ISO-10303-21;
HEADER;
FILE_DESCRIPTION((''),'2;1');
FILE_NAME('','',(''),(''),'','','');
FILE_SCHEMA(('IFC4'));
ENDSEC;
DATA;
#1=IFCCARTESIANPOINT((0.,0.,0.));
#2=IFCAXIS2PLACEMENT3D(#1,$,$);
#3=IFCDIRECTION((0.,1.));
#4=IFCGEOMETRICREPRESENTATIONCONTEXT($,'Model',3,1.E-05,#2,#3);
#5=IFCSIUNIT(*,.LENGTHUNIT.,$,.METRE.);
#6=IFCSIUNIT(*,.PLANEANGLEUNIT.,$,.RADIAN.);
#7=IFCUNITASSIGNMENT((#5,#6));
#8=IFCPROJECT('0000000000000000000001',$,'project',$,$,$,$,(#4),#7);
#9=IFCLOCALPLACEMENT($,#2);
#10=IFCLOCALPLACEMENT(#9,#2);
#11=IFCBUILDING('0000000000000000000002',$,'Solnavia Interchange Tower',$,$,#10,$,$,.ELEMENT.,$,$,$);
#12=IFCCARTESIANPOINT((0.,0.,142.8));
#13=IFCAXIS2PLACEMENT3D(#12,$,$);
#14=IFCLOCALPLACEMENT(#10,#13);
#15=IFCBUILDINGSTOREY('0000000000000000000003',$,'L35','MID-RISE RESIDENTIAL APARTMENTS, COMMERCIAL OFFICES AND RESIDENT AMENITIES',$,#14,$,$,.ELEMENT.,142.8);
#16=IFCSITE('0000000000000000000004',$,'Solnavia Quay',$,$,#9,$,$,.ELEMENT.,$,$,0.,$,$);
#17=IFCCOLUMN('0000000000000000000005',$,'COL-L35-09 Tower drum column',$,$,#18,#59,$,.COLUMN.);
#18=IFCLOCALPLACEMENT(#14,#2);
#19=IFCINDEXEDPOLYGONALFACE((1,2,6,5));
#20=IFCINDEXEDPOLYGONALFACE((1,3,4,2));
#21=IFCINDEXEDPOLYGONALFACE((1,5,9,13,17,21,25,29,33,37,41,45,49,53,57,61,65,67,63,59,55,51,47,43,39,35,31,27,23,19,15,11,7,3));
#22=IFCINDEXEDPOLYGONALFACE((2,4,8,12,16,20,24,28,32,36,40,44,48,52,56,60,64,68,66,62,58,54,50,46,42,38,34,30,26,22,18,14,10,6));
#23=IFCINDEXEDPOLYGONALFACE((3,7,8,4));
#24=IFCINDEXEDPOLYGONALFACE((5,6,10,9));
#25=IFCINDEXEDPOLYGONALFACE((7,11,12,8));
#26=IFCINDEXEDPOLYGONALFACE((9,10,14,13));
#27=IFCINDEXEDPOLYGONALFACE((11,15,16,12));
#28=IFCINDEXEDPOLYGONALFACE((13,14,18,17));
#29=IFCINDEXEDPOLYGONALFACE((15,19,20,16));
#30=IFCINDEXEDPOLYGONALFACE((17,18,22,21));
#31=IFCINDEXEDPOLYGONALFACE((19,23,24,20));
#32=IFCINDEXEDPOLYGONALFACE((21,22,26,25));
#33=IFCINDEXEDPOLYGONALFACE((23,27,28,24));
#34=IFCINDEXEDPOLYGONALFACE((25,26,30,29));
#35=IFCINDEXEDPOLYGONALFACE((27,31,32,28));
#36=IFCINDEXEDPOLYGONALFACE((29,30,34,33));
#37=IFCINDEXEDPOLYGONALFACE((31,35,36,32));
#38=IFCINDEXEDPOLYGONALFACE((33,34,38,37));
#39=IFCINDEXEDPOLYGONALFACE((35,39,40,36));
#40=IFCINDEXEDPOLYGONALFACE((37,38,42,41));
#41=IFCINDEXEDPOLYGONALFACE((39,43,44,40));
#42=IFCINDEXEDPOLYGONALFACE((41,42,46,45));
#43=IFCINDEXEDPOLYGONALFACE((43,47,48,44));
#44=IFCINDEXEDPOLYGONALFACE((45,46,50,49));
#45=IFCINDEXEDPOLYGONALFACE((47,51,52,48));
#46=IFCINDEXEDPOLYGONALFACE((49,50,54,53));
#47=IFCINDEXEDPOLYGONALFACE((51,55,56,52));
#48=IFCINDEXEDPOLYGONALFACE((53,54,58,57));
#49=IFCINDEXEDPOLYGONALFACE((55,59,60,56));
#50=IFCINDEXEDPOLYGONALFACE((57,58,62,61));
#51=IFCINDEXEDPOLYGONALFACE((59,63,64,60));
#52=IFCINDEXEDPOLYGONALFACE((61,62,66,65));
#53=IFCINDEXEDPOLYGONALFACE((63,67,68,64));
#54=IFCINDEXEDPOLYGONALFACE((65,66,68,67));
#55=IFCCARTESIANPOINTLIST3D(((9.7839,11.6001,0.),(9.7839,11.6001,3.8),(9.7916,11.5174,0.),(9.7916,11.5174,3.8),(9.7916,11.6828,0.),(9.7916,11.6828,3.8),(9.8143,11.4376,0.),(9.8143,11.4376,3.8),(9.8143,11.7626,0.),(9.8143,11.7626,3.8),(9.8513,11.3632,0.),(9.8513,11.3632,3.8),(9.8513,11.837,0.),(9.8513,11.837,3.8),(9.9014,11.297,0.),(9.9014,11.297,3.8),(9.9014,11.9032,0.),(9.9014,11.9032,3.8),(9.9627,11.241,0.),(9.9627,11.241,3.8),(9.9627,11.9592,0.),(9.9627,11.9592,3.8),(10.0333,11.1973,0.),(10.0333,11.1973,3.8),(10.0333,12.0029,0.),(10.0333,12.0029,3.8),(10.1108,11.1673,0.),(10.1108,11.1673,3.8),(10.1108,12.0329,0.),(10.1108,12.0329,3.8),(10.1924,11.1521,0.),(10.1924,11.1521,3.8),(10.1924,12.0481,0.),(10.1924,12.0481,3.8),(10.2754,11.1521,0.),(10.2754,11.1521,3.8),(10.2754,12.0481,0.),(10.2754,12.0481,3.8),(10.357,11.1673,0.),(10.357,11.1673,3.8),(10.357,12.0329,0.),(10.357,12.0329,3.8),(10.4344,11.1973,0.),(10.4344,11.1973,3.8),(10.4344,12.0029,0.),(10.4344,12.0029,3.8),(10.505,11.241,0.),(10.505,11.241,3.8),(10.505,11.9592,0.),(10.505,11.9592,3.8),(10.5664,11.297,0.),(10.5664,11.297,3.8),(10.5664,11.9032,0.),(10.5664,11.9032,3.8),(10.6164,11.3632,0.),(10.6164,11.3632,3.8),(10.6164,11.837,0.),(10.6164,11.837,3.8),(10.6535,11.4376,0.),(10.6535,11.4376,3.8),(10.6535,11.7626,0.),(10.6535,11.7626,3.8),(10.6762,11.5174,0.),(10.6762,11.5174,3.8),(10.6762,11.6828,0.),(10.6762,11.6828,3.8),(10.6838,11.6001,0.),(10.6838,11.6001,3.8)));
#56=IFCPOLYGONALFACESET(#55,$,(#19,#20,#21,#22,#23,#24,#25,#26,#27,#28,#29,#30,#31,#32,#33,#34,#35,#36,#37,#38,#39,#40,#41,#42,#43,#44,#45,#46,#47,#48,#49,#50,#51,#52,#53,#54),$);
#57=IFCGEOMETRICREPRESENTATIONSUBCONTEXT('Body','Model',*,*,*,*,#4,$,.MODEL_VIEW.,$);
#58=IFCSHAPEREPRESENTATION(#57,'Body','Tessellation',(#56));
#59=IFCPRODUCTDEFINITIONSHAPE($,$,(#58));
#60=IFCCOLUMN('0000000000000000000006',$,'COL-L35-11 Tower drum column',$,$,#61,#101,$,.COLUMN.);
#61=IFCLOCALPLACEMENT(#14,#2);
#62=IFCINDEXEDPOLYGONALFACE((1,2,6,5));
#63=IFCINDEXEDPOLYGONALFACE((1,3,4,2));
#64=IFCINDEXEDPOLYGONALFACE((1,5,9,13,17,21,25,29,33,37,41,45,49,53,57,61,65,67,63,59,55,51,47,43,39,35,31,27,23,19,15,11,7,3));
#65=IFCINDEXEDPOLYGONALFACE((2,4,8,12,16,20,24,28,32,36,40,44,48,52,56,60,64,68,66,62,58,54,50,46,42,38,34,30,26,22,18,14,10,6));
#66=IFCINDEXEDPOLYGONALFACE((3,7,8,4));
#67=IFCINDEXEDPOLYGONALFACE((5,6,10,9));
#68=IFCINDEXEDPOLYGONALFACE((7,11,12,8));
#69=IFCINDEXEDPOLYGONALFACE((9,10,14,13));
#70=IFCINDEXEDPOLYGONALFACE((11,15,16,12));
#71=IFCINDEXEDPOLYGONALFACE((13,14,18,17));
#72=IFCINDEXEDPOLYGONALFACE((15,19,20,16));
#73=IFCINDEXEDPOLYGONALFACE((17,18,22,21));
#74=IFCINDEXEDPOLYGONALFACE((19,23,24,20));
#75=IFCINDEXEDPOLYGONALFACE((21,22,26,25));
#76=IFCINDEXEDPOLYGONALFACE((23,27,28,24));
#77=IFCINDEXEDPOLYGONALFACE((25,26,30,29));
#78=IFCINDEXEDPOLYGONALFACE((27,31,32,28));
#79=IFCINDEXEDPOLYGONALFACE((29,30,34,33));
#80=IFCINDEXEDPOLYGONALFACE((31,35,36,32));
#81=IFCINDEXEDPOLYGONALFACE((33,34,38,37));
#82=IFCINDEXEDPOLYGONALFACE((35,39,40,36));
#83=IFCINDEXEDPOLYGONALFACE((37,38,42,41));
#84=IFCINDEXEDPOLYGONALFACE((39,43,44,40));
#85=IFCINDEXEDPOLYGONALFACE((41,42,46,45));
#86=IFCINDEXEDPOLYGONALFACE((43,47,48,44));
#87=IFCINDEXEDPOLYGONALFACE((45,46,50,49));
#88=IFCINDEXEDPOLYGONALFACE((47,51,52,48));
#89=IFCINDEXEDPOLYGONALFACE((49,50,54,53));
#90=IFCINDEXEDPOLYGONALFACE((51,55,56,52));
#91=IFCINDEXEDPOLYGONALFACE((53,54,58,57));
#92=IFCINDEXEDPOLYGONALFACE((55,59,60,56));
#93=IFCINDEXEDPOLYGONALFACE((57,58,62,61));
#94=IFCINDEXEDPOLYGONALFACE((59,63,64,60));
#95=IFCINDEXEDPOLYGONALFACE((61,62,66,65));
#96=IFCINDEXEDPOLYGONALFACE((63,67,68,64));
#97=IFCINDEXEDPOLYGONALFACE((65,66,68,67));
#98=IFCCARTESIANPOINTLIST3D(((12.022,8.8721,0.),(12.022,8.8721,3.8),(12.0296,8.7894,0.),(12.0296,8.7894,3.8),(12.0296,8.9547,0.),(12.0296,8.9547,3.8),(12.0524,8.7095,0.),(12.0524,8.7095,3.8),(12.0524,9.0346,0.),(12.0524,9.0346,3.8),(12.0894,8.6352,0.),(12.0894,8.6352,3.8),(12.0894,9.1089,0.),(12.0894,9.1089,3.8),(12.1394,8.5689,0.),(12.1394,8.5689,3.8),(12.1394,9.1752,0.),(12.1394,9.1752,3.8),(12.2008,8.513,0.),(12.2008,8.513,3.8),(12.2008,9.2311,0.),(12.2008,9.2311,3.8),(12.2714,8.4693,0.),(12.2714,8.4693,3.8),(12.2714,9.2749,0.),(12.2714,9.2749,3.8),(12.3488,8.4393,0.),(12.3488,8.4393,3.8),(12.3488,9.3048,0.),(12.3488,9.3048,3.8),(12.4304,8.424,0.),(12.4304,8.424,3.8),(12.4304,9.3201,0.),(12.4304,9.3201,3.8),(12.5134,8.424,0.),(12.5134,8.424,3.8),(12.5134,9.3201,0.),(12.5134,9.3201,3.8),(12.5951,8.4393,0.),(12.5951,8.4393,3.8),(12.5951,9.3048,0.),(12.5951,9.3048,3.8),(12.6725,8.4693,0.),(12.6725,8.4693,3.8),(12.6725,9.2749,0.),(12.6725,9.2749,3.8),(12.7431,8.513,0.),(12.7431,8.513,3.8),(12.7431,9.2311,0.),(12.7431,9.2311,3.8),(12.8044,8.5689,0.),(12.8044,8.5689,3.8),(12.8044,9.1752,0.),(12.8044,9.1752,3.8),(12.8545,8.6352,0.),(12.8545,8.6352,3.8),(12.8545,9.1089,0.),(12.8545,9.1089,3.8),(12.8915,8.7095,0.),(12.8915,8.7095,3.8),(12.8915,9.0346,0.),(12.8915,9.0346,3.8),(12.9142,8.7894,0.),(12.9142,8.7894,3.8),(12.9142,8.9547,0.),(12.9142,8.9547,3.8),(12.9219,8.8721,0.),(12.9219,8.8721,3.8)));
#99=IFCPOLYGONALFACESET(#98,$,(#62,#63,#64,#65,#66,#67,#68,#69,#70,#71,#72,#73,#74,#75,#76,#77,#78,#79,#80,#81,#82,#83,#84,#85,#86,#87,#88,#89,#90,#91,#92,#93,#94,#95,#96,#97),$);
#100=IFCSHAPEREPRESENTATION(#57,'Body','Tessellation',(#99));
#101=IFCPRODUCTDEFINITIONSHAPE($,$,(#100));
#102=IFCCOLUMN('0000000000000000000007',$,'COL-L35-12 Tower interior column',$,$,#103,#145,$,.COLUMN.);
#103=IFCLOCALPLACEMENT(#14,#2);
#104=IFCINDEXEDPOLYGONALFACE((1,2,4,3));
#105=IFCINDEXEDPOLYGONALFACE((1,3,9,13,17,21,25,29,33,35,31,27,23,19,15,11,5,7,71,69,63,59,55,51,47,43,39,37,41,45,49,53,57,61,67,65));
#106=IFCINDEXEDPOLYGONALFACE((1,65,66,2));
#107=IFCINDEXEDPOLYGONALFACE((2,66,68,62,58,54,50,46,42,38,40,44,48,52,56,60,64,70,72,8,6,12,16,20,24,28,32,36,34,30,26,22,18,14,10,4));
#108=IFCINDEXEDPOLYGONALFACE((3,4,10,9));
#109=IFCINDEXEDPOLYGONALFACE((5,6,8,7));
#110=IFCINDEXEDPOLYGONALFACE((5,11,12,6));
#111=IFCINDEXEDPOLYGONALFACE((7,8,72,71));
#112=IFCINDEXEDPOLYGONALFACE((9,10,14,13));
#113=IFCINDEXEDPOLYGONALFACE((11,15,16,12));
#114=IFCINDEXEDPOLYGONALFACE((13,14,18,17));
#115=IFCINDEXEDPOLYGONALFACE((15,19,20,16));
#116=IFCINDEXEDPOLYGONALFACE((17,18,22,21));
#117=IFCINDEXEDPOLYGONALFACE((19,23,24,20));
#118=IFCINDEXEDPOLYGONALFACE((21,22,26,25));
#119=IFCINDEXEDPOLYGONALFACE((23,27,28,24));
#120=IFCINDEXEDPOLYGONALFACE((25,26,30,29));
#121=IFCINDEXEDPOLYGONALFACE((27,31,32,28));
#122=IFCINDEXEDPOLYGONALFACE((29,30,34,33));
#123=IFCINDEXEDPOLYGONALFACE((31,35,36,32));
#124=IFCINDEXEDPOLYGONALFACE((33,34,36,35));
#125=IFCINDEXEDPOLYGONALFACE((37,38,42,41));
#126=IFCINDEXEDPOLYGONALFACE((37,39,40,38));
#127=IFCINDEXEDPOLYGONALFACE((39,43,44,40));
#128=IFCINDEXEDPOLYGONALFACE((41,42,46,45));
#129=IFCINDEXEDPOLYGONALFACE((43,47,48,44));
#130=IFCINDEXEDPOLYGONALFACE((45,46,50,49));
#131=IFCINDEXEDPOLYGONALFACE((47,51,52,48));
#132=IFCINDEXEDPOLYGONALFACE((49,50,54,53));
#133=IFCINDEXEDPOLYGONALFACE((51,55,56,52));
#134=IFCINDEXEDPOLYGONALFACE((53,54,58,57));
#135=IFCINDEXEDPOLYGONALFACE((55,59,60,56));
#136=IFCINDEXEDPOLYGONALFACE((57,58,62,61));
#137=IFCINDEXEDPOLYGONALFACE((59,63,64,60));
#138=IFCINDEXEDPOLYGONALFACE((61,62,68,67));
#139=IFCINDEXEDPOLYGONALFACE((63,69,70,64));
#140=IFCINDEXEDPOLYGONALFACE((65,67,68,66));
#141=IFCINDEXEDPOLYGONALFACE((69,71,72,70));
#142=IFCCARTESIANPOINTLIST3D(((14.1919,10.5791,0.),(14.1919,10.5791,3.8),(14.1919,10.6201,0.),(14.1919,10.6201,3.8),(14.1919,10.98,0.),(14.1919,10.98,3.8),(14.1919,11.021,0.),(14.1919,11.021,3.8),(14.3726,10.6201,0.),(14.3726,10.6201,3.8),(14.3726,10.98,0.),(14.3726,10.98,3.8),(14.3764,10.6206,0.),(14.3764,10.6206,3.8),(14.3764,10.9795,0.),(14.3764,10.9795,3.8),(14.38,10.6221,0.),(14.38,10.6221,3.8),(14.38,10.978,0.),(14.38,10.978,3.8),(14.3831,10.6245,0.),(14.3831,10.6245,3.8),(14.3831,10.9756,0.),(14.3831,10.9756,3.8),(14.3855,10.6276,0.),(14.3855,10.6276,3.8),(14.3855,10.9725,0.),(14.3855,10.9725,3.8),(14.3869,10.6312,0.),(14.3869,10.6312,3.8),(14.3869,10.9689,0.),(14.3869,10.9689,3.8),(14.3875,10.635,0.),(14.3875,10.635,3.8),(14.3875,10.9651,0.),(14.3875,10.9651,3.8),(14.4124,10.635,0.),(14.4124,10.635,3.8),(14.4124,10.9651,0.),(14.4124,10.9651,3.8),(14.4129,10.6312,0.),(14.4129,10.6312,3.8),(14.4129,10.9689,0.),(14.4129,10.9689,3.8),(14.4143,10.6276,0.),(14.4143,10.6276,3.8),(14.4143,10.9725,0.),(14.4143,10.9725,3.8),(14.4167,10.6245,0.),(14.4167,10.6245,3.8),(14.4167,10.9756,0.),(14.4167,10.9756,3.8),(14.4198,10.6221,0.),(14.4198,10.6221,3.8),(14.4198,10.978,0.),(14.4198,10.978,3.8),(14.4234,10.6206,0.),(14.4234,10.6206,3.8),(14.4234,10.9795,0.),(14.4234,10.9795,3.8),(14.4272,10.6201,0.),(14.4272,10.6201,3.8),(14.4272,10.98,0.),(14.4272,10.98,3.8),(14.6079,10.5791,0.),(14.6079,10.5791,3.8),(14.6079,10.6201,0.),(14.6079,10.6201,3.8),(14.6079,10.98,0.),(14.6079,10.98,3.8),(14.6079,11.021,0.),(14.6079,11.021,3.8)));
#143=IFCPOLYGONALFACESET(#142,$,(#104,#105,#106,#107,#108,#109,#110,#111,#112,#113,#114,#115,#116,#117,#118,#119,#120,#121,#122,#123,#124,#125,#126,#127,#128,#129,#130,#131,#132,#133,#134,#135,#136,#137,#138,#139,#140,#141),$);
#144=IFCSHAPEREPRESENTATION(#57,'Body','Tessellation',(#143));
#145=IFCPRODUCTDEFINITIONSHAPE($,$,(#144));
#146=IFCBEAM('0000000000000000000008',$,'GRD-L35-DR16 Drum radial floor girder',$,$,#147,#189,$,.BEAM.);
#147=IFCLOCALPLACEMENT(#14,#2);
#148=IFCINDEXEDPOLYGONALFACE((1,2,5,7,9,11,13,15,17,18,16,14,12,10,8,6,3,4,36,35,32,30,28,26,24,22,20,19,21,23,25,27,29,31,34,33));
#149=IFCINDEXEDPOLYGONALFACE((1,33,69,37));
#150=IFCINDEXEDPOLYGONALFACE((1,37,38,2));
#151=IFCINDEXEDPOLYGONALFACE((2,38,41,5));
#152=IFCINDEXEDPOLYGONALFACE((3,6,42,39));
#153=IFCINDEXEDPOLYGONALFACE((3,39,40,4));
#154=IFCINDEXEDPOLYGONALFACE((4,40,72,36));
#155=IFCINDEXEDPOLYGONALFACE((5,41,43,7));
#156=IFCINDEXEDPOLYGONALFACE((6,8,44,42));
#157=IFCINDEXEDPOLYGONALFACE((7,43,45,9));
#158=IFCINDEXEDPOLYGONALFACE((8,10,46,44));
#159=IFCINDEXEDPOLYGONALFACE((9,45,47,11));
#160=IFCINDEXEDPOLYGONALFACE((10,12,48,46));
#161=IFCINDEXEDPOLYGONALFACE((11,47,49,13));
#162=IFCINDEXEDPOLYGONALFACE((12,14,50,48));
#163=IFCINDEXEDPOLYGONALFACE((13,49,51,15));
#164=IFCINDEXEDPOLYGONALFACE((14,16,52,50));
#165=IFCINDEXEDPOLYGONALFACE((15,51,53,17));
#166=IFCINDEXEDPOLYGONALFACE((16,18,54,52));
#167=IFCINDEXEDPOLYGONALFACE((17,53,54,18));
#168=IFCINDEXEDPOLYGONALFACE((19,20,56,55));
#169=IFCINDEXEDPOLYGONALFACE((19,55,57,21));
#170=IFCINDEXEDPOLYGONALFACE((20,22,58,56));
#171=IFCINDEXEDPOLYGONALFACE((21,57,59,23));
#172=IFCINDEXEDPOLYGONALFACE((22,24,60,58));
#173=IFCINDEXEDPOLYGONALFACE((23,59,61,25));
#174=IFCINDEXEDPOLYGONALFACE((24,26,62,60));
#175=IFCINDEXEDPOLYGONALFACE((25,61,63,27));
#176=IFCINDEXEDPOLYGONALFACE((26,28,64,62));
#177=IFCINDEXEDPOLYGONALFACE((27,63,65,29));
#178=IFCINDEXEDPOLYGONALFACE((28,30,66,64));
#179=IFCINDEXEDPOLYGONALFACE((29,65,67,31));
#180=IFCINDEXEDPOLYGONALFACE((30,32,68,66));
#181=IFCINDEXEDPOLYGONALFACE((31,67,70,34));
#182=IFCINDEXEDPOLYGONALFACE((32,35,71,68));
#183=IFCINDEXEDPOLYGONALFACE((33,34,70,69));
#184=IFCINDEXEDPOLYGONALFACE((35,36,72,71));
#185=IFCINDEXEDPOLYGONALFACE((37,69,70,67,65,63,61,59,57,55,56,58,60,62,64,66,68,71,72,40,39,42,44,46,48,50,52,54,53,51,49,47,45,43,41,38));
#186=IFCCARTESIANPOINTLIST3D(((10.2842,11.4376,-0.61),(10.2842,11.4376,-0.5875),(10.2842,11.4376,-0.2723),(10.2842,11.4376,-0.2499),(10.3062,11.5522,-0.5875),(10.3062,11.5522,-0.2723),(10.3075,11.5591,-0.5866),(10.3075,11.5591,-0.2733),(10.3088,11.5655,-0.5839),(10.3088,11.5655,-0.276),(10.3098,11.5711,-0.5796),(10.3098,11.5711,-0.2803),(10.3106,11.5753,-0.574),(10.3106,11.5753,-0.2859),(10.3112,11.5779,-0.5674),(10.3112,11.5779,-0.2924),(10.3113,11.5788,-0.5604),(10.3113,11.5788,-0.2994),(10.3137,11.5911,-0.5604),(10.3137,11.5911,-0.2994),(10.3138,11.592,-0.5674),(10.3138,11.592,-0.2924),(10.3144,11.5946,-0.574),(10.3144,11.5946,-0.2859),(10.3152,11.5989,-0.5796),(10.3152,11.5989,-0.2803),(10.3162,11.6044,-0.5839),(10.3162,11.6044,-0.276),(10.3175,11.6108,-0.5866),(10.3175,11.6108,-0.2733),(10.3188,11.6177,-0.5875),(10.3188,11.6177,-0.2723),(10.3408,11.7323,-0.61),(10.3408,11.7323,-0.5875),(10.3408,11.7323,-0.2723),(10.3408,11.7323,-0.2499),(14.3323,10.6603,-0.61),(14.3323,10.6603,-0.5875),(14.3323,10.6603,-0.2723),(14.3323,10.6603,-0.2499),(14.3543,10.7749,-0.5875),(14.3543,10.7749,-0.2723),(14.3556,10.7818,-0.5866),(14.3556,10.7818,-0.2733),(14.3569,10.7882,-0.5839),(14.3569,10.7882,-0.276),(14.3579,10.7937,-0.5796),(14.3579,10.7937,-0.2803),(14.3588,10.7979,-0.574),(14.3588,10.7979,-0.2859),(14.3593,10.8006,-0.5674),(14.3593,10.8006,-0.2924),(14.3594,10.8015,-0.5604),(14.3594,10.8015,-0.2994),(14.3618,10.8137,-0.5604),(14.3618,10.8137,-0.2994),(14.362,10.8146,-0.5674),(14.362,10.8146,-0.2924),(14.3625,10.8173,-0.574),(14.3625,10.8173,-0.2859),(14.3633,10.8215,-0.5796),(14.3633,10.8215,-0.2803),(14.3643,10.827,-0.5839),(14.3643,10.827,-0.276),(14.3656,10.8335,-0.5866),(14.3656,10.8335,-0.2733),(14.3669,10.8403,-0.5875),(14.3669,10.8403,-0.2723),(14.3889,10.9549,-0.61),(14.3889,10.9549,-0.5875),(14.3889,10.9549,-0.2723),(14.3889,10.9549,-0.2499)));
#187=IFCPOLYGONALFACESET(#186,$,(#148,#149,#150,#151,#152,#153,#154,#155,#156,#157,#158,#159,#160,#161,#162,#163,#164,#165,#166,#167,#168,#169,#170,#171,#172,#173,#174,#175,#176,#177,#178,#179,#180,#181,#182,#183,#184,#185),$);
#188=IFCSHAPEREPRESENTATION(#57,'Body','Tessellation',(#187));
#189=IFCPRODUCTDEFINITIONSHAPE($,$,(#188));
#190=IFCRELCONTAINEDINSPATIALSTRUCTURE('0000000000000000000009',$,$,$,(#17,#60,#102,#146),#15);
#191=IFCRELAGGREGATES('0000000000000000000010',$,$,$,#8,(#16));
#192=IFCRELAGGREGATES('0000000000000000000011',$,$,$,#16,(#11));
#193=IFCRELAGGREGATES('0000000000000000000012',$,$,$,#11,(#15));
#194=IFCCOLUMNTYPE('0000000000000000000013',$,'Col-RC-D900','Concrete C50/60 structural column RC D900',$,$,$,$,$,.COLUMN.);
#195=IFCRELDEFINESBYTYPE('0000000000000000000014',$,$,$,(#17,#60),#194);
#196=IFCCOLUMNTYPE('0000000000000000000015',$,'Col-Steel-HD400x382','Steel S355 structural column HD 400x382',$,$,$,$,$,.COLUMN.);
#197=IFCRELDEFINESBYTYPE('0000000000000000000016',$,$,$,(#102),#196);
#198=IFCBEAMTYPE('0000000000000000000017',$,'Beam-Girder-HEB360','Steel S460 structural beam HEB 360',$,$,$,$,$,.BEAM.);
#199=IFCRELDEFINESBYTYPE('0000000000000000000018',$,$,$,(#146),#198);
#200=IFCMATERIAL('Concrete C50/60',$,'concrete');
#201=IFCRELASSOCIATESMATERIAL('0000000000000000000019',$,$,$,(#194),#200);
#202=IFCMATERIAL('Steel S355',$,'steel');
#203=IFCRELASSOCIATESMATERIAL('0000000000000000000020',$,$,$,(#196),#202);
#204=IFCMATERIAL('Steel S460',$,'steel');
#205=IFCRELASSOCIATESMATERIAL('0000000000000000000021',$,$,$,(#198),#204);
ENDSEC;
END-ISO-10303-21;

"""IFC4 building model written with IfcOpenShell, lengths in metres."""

from ifc_helpers import new_model, si_unit, direction, frame, origin, origin_2d, place, context, subcontext, project, spatial, circle, i_section, extrude, material, material_profile, profile_set, type_object, element, save


model = new_model("IFC4")

# Units and contexts
model_context = context("Model", 3, precision=1e-05, world=origin(), true_north=direction((0.0, 1.0)))
body_context = subcontext(model_context, "Body", "Model", "MODEL_VIEW")
ifc_project = project(units=[si_unit("LENGTHUNIT", "METRE"), si_unit("PLANEANGLEUNIT", "RADIAN")], contexts=[model_context])

# Site, building, storey
site_placement = place(None, origin())
site = spatial("IfcSite", under=ifc_project, at=site_placement, Name="Solnavia Quay", CompositionType="ELEMENT", RefElevation=0.0)
building_placement = place(site_placement, origin())
building = spatial("IfcBuilding", under=site, at=building_placement, Name="Solnavia Interchange Tower", CompositionType="ELEMENT")
storey_placement = place(building_placement, frame((0.0, 0.0, 142.8)))
storey = spatial("IfcBuildingStorey", under=building, at=storey_placement, Name="L35", Description="MID-RISE RESIDENTIAL APARTMENTS, COMMERCIAL OFFICES AND RESIDENT AMENITIES", CompositionType="ELEMENT", Elevation=142.8)

# Columns
ifc_material_1 = material(Name="Concrete C50/60", Category="concrete")
ifc_material_profile_1 = material_profile(ifc_material_1, circle(Radius=0.45, at=origin_2d()), Name="RC D900")
ifc_profile_set_1 = profile_set([ifc_material_profile_1], Name="Concrete C50/60")
column_type_1 = type_object("IfcColumnType", Name="Col-RC-D900", Description="Concrete C50/60 structural column RC D900", PredefinedType="COLUMN", material=ifc_profile_set_1)
for number, where, z_axis, x_axis, name in (
    (1, (10.2339, 11.6001, 0.0), (0.0, 0.0, 1.0), (1.0, 0.0, 0.0), "COL-L35-09 Tower drum column"),
    (2, (12.4719, 8.8721, 0.0), (0.0, 0.0, 1.0), (1.0, 0.0, 0.0), "COL-L35-11 Tower drum column"),
):
    element("IfcColumn", number, at=place(storey_placement, frame(where, z_axis=z_axis, x_axis=x_axis)), inside=storey, type_object=column_type_1, Name=name, PredefinedType="COLUMN", context=body_context, shape_type="SweptSolid", body=[
        extrude(circle(Radius=0.45, at=origin_2d()), origin(), (0.0, 0.0, 1.0), 3.8),
    ])
ifc_material_2 = material(Name="Steel S355", Category="steel")
ifc_material_profile_2 = material_profile(ifc_material_2, i_section(OverallWidth=0.416, OverallDepth=0.4419, WebThickness=0.0249, FlangeThickness=0.041, FilletRadius=0.0149, at=origin_2d()), Name="HD 400x382")
ifc_profile_set_2 = profile_set([ifc_material_profile_2], Name="Steel S355")
column_type_2 = type_object("IfcColumnType", Name="Col-Steel-HD400x382", Description="Steel S355 structural column HD 400x382", PredefinedType="COLUMN", material=ifc_profile_set_2)
column_placement = place(storey_placement, frame((14.3999, 10.8, 0.0), z_axis=(0.0, 0.0, 1.0), x_axis=(1.0, 0.0, 0.0)))
element("IfcColumn", 3, at=column_placement, inside=storey, type_object=column_type_2, Name="COL-L35-12 Tower interior column", PredefinedType="COLUMN", context=body_context, shape_type="SweptSolid", body=[
    extrude(i_section(OverallWidth=0.416, OverallDepth=0.4419, WebThickness=0.0249, FlangeThickness=0.041, FilletRadius=0.0149, at=origin_2d()), origin(), (0.0, 0.0, 1.0), 3.8),
])

# Beam
ifc_material_3 = material(Name="Steel S460", Category="steel")
ifc_material_profile_3 = material_profile(ifc_material_3, i_section(OverallWidth=0.3, OverallDepth=0.3601, WebThickness=0.0125, FlangeThickness=0.0225, FilletRadius=0.0271, at=origin_2d()), Name="HEB 360")
ifc_profile_set_3 = profile_set([ifc_material_profile_3], Name="Steel S460")
beam_type_1 = type_object("IfcBeamType", Name="Beam-Girder-HEB360", Description="Steel S460 structural beam HEB 360", PredefinedType="BEAM", material=ifc_profile_set_3)
beam_1_placement = place(storey_placement, frame((10.3125, 11.585, -0.4299), z_axis=(0.982058, -0.188582, 0.0), x_axis=(0.188582, 0.982058, 0.0)))
element("IfcBeam", 4, at=beam_1_placement, inside=storey, type_object=beam_type_1, Name="GRD-L35-DR16 Drum radial floor girder", PredefinedType="BEAM", context=body_context, shape_type="SweptSolid", body=[
    extrude(i_section(OverallWidth=0.3, OverallDepth=0.3601, WebThickness=0.0125, FlangeThickness=0.0225, FilletRadius=0.0271, at=origin_2d()), origin(), (0.0, 0.0, 1.0), 4.1221),
])

save(model, "model.ifc")
